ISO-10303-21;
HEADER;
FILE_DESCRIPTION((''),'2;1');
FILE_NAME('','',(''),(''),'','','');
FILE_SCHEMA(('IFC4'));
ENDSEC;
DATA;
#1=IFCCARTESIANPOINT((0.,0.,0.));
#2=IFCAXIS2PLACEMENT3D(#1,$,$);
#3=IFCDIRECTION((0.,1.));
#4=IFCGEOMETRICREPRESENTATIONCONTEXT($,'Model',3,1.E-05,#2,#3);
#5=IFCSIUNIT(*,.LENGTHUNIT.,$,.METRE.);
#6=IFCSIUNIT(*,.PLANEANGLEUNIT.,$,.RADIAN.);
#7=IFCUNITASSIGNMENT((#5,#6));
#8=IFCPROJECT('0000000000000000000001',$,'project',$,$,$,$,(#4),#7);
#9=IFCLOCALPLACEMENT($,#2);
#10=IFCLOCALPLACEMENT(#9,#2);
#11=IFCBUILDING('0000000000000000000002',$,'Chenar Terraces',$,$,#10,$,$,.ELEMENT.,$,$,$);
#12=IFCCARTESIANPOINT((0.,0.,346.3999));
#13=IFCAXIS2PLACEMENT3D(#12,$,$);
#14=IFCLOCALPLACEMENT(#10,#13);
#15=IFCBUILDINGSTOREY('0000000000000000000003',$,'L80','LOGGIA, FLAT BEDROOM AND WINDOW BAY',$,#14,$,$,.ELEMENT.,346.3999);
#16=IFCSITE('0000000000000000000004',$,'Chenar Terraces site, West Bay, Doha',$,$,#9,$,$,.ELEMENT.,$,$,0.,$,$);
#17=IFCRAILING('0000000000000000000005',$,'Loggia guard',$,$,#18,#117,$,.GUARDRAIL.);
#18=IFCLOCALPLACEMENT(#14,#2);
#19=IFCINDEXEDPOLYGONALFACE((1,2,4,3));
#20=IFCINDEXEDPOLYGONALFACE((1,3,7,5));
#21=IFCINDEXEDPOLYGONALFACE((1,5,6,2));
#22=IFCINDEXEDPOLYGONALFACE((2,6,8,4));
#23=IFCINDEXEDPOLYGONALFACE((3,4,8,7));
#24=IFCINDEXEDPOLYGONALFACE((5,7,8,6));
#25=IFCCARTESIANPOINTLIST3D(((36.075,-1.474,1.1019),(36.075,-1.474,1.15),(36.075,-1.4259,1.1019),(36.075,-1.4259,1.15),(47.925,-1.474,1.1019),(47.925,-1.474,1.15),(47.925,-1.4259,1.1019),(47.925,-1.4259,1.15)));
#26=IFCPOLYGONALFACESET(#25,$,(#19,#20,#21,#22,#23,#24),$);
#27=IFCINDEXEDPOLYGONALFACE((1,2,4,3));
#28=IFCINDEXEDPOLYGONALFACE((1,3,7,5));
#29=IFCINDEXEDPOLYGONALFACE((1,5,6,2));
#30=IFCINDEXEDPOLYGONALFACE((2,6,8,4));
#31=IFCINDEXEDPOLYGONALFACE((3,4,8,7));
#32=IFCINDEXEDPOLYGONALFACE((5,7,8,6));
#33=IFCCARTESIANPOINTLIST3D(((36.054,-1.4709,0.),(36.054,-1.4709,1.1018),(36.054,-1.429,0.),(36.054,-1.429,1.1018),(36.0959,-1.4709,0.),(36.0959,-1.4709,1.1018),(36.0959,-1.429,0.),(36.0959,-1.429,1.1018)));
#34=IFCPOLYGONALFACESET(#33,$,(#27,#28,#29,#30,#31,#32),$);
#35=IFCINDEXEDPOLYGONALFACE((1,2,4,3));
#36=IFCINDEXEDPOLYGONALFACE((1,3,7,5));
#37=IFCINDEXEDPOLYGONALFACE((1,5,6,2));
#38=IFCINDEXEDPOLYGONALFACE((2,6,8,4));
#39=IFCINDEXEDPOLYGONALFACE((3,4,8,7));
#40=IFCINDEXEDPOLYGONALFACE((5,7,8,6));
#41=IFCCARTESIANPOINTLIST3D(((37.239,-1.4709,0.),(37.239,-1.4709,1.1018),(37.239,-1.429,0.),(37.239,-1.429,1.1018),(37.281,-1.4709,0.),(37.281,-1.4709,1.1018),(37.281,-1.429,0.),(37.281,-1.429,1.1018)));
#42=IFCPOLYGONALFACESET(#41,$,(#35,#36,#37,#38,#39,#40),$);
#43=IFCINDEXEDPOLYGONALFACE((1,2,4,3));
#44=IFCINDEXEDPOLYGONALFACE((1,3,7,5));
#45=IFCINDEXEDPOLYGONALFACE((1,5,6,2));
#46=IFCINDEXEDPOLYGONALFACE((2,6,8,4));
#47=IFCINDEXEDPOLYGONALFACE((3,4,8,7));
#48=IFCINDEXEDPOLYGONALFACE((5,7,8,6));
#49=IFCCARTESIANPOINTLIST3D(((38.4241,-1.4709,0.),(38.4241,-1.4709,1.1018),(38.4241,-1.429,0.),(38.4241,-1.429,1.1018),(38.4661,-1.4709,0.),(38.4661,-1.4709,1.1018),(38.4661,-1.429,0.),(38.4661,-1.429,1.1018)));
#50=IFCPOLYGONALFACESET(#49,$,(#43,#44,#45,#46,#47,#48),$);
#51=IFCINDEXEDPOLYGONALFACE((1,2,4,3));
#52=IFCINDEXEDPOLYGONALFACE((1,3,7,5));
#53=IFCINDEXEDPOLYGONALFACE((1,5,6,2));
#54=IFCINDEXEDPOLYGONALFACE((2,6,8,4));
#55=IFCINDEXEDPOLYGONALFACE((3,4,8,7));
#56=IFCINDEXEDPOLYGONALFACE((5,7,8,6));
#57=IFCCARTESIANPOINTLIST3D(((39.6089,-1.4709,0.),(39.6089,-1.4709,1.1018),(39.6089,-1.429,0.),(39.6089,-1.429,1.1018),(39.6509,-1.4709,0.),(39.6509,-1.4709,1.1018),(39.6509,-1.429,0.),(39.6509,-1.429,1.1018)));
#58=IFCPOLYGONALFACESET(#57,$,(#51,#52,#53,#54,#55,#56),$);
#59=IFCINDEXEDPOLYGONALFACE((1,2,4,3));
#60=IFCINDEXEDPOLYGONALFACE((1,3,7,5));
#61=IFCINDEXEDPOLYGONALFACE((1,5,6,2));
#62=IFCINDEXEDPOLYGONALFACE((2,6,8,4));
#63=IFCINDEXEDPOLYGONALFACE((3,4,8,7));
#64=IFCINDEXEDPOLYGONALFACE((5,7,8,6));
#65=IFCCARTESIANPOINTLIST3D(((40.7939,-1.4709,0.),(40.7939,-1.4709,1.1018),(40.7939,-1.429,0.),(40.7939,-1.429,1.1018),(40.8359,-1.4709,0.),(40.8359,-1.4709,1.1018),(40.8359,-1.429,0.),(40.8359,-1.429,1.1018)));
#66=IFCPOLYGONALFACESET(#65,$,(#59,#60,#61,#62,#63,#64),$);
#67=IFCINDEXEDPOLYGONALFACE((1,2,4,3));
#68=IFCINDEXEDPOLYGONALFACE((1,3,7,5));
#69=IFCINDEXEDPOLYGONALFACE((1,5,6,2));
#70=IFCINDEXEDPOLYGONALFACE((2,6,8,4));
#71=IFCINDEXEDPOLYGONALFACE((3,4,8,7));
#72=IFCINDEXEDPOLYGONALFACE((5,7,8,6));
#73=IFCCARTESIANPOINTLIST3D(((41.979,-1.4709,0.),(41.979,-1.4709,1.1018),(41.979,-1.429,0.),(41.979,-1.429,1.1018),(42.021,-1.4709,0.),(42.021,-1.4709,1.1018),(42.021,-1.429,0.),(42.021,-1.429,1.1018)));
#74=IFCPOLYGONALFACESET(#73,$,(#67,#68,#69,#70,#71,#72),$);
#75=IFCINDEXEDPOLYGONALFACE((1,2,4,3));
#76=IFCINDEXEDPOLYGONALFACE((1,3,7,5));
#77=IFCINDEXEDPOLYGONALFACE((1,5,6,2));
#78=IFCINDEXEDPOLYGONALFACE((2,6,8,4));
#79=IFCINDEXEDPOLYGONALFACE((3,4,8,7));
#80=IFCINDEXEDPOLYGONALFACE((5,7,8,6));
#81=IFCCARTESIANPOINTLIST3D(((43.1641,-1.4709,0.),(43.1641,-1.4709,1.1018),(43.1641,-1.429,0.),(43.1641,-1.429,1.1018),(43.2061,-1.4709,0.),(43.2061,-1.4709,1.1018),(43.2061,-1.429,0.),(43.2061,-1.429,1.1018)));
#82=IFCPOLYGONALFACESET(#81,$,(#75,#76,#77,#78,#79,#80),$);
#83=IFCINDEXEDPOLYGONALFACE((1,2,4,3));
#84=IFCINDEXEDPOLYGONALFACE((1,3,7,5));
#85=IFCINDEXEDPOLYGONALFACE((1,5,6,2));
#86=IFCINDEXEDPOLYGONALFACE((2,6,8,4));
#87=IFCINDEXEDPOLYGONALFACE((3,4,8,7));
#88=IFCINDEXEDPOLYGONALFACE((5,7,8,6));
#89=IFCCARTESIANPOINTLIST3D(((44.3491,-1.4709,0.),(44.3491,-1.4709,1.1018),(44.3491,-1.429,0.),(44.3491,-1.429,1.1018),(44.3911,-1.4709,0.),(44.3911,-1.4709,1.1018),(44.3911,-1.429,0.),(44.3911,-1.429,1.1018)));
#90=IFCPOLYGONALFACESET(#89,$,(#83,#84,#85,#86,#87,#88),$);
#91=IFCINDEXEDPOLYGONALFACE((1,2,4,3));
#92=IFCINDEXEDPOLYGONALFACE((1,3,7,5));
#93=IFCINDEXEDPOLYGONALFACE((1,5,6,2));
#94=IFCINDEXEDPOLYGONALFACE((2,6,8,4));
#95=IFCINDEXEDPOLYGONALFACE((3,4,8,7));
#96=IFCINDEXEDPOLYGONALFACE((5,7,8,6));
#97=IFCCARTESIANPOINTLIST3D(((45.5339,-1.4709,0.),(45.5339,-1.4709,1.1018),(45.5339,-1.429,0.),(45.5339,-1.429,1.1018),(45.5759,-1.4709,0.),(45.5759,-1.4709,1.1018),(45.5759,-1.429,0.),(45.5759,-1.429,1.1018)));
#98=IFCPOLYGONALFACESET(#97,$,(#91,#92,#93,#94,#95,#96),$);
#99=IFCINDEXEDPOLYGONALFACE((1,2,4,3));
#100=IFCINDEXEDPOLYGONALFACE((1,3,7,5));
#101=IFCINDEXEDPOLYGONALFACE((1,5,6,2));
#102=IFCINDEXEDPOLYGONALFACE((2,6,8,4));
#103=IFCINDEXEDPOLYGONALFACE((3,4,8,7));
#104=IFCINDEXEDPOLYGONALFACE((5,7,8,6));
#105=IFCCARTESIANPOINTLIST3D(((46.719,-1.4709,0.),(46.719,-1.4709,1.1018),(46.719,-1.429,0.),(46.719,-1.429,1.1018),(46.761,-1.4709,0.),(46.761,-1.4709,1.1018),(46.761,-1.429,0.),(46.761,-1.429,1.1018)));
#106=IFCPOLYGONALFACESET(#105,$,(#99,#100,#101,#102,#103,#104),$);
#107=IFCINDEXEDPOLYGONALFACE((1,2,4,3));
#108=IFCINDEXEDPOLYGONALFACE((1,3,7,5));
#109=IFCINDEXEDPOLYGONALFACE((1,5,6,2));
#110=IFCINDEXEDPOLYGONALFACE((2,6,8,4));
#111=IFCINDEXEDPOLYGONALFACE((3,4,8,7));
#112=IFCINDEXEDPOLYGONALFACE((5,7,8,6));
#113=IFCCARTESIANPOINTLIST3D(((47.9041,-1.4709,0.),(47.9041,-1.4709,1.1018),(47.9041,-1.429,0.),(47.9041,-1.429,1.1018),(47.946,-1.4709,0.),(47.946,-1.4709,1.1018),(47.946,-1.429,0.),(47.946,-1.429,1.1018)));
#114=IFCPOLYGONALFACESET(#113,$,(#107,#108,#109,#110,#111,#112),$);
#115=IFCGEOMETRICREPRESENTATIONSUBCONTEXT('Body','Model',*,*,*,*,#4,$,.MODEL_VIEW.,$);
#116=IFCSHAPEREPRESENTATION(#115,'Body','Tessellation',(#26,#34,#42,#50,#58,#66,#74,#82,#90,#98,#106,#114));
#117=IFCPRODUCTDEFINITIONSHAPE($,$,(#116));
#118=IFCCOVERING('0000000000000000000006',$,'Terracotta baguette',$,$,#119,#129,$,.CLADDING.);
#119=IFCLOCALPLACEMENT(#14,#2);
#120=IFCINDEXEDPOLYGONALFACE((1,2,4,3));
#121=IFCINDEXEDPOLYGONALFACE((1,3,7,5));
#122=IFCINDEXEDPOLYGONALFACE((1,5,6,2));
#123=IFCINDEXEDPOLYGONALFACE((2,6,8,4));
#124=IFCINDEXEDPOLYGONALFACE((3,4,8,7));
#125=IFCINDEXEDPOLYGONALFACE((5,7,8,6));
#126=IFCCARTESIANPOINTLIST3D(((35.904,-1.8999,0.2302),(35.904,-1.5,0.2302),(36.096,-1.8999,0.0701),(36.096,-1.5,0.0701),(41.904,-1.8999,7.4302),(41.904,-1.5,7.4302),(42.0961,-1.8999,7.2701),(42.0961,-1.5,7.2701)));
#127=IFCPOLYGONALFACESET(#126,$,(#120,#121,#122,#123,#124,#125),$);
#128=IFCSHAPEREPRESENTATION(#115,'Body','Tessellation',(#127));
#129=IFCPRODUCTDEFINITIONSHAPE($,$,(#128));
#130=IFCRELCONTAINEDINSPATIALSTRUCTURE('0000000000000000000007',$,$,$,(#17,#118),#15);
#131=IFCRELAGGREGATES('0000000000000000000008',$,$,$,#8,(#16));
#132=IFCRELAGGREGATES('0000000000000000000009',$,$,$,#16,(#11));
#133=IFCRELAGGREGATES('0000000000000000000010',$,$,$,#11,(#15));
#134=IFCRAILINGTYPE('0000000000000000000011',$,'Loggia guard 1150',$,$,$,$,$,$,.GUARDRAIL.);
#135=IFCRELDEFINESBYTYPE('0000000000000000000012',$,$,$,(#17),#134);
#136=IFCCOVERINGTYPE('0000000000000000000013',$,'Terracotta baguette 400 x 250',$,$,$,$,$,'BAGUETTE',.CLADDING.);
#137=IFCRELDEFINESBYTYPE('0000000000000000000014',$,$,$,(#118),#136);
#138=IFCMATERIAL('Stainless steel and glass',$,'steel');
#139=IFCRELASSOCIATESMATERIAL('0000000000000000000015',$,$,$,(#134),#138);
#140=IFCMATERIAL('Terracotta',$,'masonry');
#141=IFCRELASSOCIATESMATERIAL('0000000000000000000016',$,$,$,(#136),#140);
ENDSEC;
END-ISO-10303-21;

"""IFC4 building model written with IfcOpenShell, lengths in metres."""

from ifc_helpers import new_model, si_unit, direction, frame, origin, origin_2d, place, context, subcontext, project, spatial, rectangle, extrude, material, material_profile, profile_set, type_object, element, save


model = new_model("IFC4")

# Units and contexts
model_context = context("Model", 3, precision=1e-05, world=origin(), true_north=direction((0.0, 1.0)))
body_context = subcontext(model_context, "Body", "Model", "MODEL_VIEW")
ifc_project = project(units=[si_unit("LENGTHUNIT", "METRE"), si_unit("PLANEANGLEUNIT", "RADIAN")], contexts=[model_context])

# Site, building, storey
site_placement = place(None, origin())
site = spatial("IfcSite", under=ifc_project, at=site_placement, Name="Chenar Terraces site, West Bay, Doha", CompositionType="ELEMENT", RefElevation=0.0)
building_placement = place(site_placement, origin())
building = spatial("IfcBuilding", under=site, at=building_placement, Name="Chenar Terraces", CompositionType="ELEMENT")
storey_placement = place(building_placement, frame((0.0, 0.0, 346.3999)))
storey = spatial("IfcBuildingStorey", under=building, at=storey_placement, Name="L80", Description="LOGGIA, FLAT BEDROOM AND WINDOW BAY", CompositionType="ELEMENT", Elevation=346.3999)

# Railing
ifc_material_1 = material(Name="Stainless steel and glass", Category="steel")
railing_type = type_object("IfcRailingType", Name="Loggia guard 1150", PredefinedType="GUARDRAIL", material=ifc_material_1)
railing_placement = place(storey_placement, frame((36.075, -1.45, 0.0)))
element("IfcRailing", 1, at=railing_placement, inside=storey, type_object=railing_type, Name="Loggia guard", PredefinedType="GUARDRAIL", context=body_context, shape_type="SweptSolid", body=[
    extrude(rectangle(XDim=0.0481, YDim=0.0481, at=origin_2d()), frame((0.0, 0.0, 1.126), z_axis=(1.0, 0.0, 0.0), x_axis=(0.0, 1.0, 0.0)), (0.0, 0.0, 1.0), 11.8501),
    extrude(rectangle(XDim=0.042, YDim=0.042, at=origin_2d()), origin(), (0.0, 0.0, 1.0), 1.1018),
    extrude(rectangle(XDim=0.042, YDim=0.042, at=origin_2d()), frame((1.1851, 0.0, 0.0)), (0.0, 0.0, 1.0), 1.1018),
    extrude(rectangle(XDim=0.042, YDim=0.042, at=origin_2d()), frame((2.3701, 0.0, 0.0)), (0.0, 0.0, 1.0), 1.1018),
    extrude(rectangle(XDim=0.042, YDim=0.042, at=origin_2d()), frame((3.5549, 0.0, 0.0)), (0.0, 0.0, 1.0), 1.1018),
    extrude(rectangle(XDim=0.042, YDim=0.042, at=origin_2d()), frame((4.74, 0.0, 0.0)), (0.0, 0.0, 1.0), 1.1018),
    extrude(rectangle(XDim=0.042, YDim=0.042, at=origin_2d()), frame((5.925, 0.0, 0.0)), (0.0, 0.0, 1.0), 1.1018),
    extrude(rectangle(XDim=0.042, YDim=0.042, at=origin_2d()), frame((7.1101, 0.0, 0.0)), (0.0, 0.0, 1.0), 1.1018),
    extrude(rectangle(XDim=0.042, YDim=0.042, at=origin_2d()), frame((8.2952, 0.0, 0.0)), (0.0, 0.0, 1.0), 1.1018),
    extrude(rectangle(XDim=0.042, YDim=0.042, at=origin_2d()), frame((9.48, 0.0, 0.0)), (0.0, 0.0, 1.0), 1.1018),
    extrude(rectangle(XDim=0.042, YDim=0.042, at=origin_2d()), frame((10.665, 0.0, 0.0)), (0.0, 0.0, 1.0), 1.1018),
    extrude(rectangle(XDim=0.042, YDim=0.042, at=origin_2d()), frame((11.8501, 0.0, 0.0)), (0.0, 0.0, 1.0), 1.1018),
])

# Covering
ifc_material_2 = material(Name="Terracotta", Category="masonry")
ifc_material_profile_1 = material_profile(ifc_material_2, rectangle(XDim=0.3999, YDim=0.25, at=origin_2d()), Name="Terracotta baguette 400 x 250")
ifc_profile_set_1 = profile_set([ifc_material_profile_1], Name="Terracotta")
covering_type = type_object("IfcCoveringType", Name="Terracotta baguette 400 x 250", ElementType="BAGUETTE", PredefinedType="CLADDING", material=ifc_profile_set_1)
covering_placement = place(storey_placement, frame((36.0, -1.7, 0.1501), z_axis=(0.640187, 0.0, 0.768219), x_axis=(0.0, 1.0, 0.0)))
element("IfcCovering", 2, at=covering_placement, inside=storey, type_object=covering_type, Name="Terracotta baguette", PredefinedType="CLADDING", context=body_context, shape_type="SweptSolid", body=[
    extrude(rectangle(XDim=0.3999, YDim=0.25, at=origin_2d()), origin(), (0.0, 0.0, 1.0), 9.3723),
])

save(model, "model.ifc")
